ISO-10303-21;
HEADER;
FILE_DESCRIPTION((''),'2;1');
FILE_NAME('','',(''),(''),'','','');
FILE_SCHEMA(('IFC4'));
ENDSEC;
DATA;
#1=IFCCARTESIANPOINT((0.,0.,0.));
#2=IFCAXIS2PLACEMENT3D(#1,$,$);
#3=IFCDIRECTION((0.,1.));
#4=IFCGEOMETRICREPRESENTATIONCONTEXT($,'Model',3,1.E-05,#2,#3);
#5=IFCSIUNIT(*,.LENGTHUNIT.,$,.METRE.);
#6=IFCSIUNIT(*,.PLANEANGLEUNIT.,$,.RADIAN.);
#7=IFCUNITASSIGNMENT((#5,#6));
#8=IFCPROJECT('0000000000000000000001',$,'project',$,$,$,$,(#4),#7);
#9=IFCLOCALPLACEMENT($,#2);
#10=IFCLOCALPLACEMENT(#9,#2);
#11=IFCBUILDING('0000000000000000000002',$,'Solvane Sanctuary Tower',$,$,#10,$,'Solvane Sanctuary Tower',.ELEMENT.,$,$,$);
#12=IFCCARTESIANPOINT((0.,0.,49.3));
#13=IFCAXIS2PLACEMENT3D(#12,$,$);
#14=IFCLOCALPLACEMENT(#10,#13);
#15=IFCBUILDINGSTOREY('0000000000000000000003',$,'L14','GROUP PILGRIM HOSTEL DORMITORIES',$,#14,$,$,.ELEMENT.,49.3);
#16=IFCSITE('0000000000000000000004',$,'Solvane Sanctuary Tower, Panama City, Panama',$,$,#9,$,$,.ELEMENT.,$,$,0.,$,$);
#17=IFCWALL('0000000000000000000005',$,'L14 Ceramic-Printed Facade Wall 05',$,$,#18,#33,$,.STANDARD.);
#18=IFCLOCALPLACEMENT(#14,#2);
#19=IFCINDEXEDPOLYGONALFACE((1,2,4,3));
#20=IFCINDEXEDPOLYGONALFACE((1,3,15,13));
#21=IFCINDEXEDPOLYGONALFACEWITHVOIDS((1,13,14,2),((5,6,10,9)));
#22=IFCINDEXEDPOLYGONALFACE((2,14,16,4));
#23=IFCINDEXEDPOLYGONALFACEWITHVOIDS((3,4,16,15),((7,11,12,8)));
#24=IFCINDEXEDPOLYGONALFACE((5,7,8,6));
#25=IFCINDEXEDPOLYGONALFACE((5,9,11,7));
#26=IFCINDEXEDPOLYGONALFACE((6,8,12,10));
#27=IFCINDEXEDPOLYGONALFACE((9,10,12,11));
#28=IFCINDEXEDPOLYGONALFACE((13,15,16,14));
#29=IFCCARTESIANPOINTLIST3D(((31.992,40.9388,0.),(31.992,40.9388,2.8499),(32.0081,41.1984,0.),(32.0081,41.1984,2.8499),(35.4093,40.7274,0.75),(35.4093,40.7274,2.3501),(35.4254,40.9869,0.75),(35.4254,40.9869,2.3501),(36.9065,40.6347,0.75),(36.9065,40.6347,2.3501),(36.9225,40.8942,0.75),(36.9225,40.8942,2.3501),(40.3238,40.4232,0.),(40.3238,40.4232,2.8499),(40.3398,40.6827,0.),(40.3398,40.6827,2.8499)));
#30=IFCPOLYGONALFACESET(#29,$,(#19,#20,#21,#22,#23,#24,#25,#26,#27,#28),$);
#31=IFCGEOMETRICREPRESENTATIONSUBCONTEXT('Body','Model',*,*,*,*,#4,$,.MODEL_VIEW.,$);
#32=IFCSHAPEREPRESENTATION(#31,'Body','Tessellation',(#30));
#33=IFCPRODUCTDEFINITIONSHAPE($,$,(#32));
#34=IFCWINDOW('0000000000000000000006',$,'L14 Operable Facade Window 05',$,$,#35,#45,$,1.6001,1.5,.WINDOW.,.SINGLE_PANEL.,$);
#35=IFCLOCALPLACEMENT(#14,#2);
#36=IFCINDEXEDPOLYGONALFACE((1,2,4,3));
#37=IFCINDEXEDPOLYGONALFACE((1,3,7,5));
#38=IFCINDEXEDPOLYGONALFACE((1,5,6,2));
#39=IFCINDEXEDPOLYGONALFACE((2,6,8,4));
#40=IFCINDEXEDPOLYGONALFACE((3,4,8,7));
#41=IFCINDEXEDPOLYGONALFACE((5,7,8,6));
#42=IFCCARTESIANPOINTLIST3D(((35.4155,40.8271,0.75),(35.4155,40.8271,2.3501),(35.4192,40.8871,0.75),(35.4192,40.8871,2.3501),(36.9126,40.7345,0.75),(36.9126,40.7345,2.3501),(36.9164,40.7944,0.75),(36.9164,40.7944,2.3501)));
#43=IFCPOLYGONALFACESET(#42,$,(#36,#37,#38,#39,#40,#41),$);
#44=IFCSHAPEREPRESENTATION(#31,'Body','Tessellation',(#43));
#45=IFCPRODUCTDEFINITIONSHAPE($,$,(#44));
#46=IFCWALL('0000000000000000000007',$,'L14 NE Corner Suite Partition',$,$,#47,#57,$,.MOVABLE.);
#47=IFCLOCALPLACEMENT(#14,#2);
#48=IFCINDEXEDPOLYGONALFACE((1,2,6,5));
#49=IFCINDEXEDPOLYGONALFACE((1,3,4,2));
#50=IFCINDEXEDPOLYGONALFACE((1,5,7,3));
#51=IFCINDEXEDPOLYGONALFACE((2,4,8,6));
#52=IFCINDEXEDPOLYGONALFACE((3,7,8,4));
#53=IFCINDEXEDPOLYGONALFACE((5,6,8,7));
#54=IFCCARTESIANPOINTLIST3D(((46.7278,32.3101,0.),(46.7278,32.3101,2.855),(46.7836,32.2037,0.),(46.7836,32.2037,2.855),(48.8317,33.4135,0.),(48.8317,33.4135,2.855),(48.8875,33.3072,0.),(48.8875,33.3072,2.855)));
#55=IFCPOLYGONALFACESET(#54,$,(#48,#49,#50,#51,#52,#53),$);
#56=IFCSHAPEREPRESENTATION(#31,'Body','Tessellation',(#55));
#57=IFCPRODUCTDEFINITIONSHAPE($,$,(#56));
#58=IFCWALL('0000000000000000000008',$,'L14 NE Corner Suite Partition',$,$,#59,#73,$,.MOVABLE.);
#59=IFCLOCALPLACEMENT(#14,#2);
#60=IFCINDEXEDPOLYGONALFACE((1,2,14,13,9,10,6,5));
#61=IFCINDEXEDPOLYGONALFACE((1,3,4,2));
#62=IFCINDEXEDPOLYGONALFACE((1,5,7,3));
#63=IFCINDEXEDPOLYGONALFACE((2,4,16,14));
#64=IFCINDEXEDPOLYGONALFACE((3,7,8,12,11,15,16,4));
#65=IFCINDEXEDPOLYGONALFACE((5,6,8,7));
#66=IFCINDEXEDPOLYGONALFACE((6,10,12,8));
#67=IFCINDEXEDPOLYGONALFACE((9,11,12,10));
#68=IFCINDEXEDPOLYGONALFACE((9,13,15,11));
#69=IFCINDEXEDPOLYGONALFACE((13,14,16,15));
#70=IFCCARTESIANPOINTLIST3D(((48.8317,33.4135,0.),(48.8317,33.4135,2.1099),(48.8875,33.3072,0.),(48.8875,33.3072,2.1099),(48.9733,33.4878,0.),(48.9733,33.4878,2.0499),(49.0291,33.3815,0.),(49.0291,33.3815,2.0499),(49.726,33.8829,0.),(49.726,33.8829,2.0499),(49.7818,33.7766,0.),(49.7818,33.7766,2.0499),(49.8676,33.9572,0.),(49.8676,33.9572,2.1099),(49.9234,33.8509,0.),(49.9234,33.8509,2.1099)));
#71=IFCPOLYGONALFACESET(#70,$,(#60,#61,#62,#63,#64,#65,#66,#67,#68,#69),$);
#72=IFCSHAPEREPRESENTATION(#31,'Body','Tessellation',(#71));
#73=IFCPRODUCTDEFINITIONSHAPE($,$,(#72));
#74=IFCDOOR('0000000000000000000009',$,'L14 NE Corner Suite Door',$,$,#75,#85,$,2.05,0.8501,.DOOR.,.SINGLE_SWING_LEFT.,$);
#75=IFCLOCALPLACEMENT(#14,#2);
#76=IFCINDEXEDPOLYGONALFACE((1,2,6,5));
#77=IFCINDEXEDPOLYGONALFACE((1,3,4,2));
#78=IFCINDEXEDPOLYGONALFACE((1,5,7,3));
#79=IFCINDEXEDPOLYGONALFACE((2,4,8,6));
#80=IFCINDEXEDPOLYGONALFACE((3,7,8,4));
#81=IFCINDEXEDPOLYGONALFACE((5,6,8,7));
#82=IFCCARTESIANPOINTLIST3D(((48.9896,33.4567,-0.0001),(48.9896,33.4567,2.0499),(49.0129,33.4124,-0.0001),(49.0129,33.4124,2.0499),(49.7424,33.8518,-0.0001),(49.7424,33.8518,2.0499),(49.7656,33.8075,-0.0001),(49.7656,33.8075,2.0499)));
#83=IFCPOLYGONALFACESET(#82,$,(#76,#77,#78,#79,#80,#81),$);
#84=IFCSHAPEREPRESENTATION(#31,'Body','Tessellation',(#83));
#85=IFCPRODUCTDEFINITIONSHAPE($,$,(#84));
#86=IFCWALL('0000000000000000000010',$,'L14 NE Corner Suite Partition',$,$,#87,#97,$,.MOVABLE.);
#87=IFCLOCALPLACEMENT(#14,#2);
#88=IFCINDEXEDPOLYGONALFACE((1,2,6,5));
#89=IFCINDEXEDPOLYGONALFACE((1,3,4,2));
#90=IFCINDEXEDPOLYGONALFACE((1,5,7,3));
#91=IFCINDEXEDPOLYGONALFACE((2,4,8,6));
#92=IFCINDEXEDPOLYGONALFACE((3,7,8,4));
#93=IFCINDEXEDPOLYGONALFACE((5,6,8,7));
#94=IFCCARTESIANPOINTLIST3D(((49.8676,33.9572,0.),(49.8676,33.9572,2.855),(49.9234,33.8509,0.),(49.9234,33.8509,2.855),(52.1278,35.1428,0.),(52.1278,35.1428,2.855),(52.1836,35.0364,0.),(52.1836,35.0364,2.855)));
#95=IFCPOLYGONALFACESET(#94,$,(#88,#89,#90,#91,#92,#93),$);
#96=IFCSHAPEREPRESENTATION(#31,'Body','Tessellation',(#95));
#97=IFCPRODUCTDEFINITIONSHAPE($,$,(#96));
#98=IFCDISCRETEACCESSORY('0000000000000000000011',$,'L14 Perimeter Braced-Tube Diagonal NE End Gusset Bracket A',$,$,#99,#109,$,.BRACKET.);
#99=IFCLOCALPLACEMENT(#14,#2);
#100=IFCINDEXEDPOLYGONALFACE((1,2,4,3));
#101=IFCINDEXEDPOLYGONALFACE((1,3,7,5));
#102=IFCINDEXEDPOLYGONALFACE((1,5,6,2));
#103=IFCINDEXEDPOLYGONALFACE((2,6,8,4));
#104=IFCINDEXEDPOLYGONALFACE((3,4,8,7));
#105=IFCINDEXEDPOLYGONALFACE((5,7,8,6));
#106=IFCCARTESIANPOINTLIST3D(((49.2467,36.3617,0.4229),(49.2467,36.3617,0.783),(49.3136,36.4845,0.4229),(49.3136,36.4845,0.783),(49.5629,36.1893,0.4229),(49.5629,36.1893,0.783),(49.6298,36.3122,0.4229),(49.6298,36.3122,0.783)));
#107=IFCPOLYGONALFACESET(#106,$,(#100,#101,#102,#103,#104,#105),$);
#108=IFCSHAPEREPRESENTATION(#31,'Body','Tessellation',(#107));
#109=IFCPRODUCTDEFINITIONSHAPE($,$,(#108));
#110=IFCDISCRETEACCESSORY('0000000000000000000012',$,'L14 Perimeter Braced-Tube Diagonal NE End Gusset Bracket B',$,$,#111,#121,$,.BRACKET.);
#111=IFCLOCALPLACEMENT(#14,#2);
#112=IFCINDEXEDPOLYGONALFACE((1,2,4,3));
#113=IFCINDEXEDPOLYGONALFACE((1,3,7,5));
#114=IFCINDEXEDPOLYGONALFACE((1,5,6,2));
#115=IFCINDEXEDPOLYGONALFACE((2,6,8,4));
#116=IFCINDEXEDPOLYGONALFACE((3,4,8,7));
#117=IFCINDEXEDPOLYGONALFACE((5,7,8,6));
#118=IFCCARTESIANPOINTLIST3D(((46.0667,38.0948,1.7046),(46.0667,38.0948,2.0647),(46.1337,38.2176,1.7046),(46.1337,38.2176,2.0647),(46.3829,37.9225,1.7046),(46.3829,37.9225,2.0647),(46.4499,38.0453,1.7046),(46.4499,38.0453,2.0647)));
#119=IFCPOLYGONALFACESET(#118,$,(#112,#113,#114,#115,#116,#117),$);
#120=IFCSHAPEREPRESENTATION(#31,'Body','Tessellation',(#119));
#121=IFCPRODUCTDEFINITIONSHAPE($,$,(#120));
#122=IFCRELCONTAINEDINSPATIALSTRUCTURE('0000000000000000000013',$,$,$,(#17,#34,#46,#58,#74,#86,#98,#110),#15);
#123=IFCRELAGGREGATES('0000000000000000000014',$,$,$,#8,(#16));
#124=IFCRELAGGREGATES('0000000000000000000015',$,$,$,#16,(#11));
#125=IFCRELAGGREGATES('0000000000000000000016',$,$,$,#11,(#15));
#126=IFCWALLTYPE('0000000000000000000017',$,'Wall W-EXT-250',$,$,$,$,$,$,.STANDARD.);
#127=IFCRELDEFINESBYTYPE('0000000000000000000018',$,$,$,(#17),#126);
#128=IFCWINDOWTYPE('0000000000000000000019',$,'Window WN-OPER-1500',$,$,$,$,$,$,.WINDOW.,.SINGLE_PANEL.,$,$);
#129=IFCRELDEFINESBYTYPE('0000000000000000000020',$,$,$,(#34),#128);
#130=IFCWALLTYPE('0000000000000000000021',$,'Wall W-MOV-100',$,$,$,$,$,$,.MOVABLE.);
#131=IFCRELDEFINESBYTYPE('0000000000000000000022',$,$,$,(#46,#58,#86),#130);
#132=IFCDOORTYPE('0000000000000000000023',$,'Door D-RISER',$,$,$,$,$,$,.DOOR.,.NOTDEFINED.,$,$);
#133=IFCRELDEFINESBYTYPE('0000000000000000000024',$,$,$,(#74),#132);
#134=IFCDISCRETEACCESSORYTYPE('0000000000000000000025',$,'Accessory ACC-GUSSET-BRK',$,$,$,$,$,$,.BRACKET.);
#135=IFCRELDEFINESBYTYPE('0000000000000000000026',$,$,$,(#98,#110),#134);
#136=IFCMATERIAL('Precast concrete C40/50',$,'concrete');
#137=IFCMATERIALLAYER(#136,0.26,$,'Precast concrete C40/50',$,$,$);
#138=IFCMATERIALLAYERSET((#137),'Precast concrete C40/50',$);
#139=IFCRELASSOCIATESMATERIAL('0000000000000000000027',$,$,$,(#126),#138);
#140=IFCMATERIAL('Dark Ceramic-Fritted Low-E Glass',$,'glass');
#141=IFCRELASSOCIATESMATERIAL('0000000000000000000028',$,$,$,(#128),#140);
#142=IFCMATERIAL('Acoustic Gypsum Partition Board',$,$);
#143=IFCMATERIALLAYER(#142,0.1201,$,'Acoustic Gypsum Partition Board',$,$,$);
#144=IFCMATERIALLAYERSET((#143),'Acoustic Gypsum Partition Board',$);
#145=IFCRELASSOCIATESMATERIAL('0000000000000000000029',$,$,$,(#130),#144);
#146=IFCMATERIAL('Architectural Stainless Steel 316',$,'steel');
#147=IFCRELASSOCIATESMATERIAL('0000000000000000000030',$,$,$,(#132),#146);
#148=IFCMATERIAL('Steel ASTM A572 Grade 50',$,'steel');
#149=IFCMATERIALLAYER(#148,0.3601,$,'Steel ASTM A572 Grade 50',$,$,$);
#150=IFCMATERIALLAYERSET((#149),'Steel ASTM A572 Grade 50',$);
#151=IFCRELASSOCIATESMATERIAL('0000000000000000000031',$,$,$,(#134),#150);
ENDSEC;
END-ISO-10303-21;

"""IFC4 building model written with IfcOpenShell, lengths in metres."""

from ifc_helpers import new_model, si_unit, direction, frame, frame_2d, origin, origin_2d, place, context, subcontext, project, spatial, rectangle, extrude, material, layer, layer_set, type_object, element, fill, save


model = new_model("IFC4")

# Units and contexts
model_context = context("Model", 3, precision=1e-05, world=origin(), true_north=direction((0.0, 1.0)))
body_context = subcontext(model_context, "Body", "Model", "MODEL_VIEW")
ifc_project = project(units=[si_unit("LENGTHUNIT", "METRE"), si_unit("PLANEANGLEUNIT", "RADIAN")], contexts=[model_context])

# Site, building, storey
site_placement = place(None, origin())
site = spatial("IfcSite", under=ifc_project, at=site_placement, Name="Solvane Sanctuary Tower, Panama City, Panama", CompositionType="ELEMENT", RefElevation=0.0)
building_placement = place(site_placement, origin())
building = spatial("IfcBuilding", under=site, at=building_placement, Name="Solvane Sanctuary Tower", LongName="Solvane Sanctuary Tower", CompositionType="ELEMENT")
storey_placement = place(building_placement, frame((0.0, 0.0, 49.3)))
storey = spatial("IfcBuildingStorey", under=building, at=storey_placement, Name="L14", Description="GROUP PILGRIM HOSTEL DORMITORIES", CompositionType="ELEMENT", Elevation=49.3)

# Shared definitions
ifc_material_1 = material(Name="Acoustic Gypsum Partition Board")

# Shared definitions
ifc_material_2 = material(Name="Precast concrete C40/50", Category="concrete")
ifc_layer_1 = layer(ifc_material_2, 0.26, Name="Precast concrete C40/50")
ifc_layer_set_1 = layer_set([ifc_layer_1], Name="Precast concrete C40/50")
wall_type_1 = type_object("IfcWallType", Name="Wall W-EXT-250", PredefinedType="STANDARD", material=ifc_layer_set_1)
ifc_material_3 = material(Name="Dark Ceramic-Fritted Low-E Glass", Category="glass")

# Wall, opening, window
wall_1_placement = place(storey_placement, frame((40.3318, 40.553, 0.0), z_axis=(0.0, 0.0, 1.0), x_axis=(-0.998091, 0.061768, 0.0)))
wall_1 = element("IfcWall", 1, at=wall_1_placement, inside=storey, type_object=wall_type_1, Name="L14 Ceramic-Printed Facade Wall 05", PredefinedType="STANDARD", context=body_context, shape_type="SweptSolid", body=[
    extrude(rectangle(XDim=8.3477, YDim=0.26, at=frame_2d((4.1738, 0.0))), origin(), (0.0, 0.0, 1.0), 2.8499),
])
opening_1_placement = place(wall_1_placement, frame((3.4238, 0.0, 0.75)))
opening_1 = element("IfcOpeningElement", 2, at=opening_1_placement, cuts=wall_1, PredefinedType="OPENING", context=body_context, shape_type="SweptSolid", body=[
    extrude(rectangle(XDim=1.5, YDim=1.6001, at=frame_2d((0.75, 0.8))), frame((0.0, 0.1399, 0.0), z_axis=(0.0, -1.0, 0.0), x_axis=(1.0, 0.0, 0.0)), (0.0, 0.0, 1.0), 0.28),
])
window_type_1 = type_object("IfcWindowType", Name="Window WN-OPER-1500", PartitioningType="SINGLE_PANEL", PredefinedType="WINDOW", material=ifc_material_3)
window_1_placement = place(opening_1_placement, origin())
window_1 = element("IfcWindow", 3, at=window_1_placement, inside=storey, type_object=window_type_1, Name="L14 Operable Facade Window 05", OverallHeight=1.6001, OverallWidth=1.5, PartitioningType="SINGLE_PANEL", PredefinedType="WINDOW", context=body_context, shape_type="SweptSolid", body=[
    extrude(rectangle(XDim=1.5, YDim=1.6001, at=frame_2d((0.75, 0.8))), frame((0.0, 0.03, 0.0), z_axis=(0.0, -1.0, 0.0), x_axis=(1.0, 0.0, 0.0)), (0.0, 0.0, 1.0), 0.0601),
])
fill(opening_1, window_1)

# Wall
ifc_layer_2 = layer(ifc_material_1, 0.1201, Name="Acoustic Gypsum Partition Board")
ifc_layer_set_2 = layer_set([ifc_layer_2], Name="Acoustic Gypsum Partition Board")
wall_type_2 = type_object("IfcWallType", Name="Wall W-MOV-100", PredefinedType="MOVABLE", material=ifc_layer_set_2)
wall_2_placement = place(storey_placement, frame((46.7556, 32.2568, 0.0), z_axis=(0.0, 0.0, 1.0), x_axis=(0.885586, 0.464475, 0.0)))
element("IfcWall", 4, at=wall_2_placement, inside=storey, type_object=wall_type_2, Name="L14 NE Corner Suite Partition", PredefinedType="MOVABLE", context=body_context, shape_type="SweptSolid", body=[
    extrude(rectangle(XDim=2.3757, YDim=0.1201, at=frame_2d((1.188, 0.0))), origin(), (0.0, 0.0, 1.0), 2.855),
])

# Wall, opening, door
wall_3_placement = place(storey_placement, frame((48.8596, 33.3604, 0.0), z_axis=(0.0, 0.0, 1.0), x_axis=(0.885447, 0.46474, 0.0)))
wall_3 = element("IfcWall", 5, at=wall_3_placement, inside=storey, type_object=wall_type_2, Name="L14 NE Corner Suite Partition", PredefinedType="MOVABLE", context=body_context, shape_type="SweptSolid", body=[
    extrude(rectangle(XDim=1.1699, YDim=0.1201, at=frame_2d((0.585, 0.0))), origin(), (0.0, 0.0, 1.0), 2.1099),
])
opening_2_placement = place(wall_3_placement, frame((0.1599, 0.0, 0.0)))
opening_2 = element("IfcOpeningElement", 6, at=opening_2_placement, cuts=wall_3, PredefinedType="OPENING", context=body_context, shape_type="SweptSolid", body=[
    extrude(rectangle(XDim=0.8501, YDim=2.05, at=frame_2d((0.425, 1.0249))), frame((0.0, 0.0701, 0.0), z_axis=(0.0, -1.0, 0.0), x_axis=(1.0, 0.0, 0.0)), (0.0, 0.0, 1.0), 0.1401),
])
ifc_material_4 = material(Name="Architectural Stainless Steel 316", Category="steel")
door_type_1 = type_object("IfcDoorType", Name="Door D-RISER", OperationType="NOTDEFINED", PredefinedType="DOOR", material=ifc_material_4)
door_1_placement = place(opening_2_placement, origin())
door_1 = element("IfcDoor", 7, at=door_1_placement, inside=storey, type_object=door_type_1, Name="L14 NE Corner Suite Door", OperationType="SINGLE_SWING_LEFT", OverallHeight=2.05, OverallWidth=0.8501, PredefinedType="DOOR", context=body_context, shape_type="SweptSolid", body=[
    extrude(rectangle(XDim=0.8501, YDim=2.05, at=frame_2d((0.425, 1.0249))), frame((0.0, 0.0249, 0.0), z_axis=(0.0, -1.0, 0.0), x_axis=(1.0, 0.0, 0.0)), (0.0, 0.0, 1.0), 0.05),
])
fill(opening_2, door_1)

# Wall
wall_4_placement = place(storey_placement, frame((49.8955, 33.9041, 0.0), z_axis=(0.0, 0.0, 1.0), x_axis=(0.885573, 0.4645, 0.0)))
element("IfcWall", 8, at=wall_4_placement, inside=storey, type_object=wall_type_2, Name="L14 NE Corner Suite Partition", PredefinedType="MOVABLE", context=body_context, shape_type="SweptSolid", body=[
    extrude(rectangle(XDim=2.5522, YDim=0.1201, at=frame_2d((1.2761, 0.0))), origin(), (0.0, 0.0, 1.0), 2.855),
])

# Discrete accessories
ifc_material_5 = material(Name="Steel ASTM A572 Grade 50", Category="steel")
ifc_layer_3 = layer(ifc_material_5, 0.3601, Name="Steel ASTM A572 Grade 50")
ifc_layer_set_3 = layer_set([ifc_layer_3], Name="Steel ASTM A572 Grade 50")
discrete_accessory_type = type_object("IfcDiscreteAccessoryType", Name="Accessory ACC-GUSSET-BRK", PredefinedType="BRACKET", material=ifc_layer_set_3)
for number, where, z_axis, x_axis, name in (
    (9, (49.4382, 36.3369, 0.4229), (0.0, 0.0, 1.0), (-0.878067, 0.478539, 0.0), "L14 Perimeter Braced-Tube Diagonal NE End Gusset Bracket A"),
    (10, (46.2583, 38.0701, 1.7046), (0.0, 0.0, 1.0), (-0.878067, 0.478539, 0.0), "L14 Perimeter Braced-Tube Diagonal NE End Gusset Bracket B"),
):
    element("IfcDiscreteAccessory", number, at=place(storey_placement, frame(where, z_axis=z_axis, x_axis=x_axis)), inside=storey, type_object=discrete_accessory_type, Name=name, PredefinedType="BRACKET", context=body_context, shape_type="SweptSolid", body=[
        extrude(rectangle(XDim=0.3601, YDim=0.1399, at=origin_2d()), origin(), (0.0, 0.0, 1.0), 0.3601),
    ])

save(model, "model.ifc")
